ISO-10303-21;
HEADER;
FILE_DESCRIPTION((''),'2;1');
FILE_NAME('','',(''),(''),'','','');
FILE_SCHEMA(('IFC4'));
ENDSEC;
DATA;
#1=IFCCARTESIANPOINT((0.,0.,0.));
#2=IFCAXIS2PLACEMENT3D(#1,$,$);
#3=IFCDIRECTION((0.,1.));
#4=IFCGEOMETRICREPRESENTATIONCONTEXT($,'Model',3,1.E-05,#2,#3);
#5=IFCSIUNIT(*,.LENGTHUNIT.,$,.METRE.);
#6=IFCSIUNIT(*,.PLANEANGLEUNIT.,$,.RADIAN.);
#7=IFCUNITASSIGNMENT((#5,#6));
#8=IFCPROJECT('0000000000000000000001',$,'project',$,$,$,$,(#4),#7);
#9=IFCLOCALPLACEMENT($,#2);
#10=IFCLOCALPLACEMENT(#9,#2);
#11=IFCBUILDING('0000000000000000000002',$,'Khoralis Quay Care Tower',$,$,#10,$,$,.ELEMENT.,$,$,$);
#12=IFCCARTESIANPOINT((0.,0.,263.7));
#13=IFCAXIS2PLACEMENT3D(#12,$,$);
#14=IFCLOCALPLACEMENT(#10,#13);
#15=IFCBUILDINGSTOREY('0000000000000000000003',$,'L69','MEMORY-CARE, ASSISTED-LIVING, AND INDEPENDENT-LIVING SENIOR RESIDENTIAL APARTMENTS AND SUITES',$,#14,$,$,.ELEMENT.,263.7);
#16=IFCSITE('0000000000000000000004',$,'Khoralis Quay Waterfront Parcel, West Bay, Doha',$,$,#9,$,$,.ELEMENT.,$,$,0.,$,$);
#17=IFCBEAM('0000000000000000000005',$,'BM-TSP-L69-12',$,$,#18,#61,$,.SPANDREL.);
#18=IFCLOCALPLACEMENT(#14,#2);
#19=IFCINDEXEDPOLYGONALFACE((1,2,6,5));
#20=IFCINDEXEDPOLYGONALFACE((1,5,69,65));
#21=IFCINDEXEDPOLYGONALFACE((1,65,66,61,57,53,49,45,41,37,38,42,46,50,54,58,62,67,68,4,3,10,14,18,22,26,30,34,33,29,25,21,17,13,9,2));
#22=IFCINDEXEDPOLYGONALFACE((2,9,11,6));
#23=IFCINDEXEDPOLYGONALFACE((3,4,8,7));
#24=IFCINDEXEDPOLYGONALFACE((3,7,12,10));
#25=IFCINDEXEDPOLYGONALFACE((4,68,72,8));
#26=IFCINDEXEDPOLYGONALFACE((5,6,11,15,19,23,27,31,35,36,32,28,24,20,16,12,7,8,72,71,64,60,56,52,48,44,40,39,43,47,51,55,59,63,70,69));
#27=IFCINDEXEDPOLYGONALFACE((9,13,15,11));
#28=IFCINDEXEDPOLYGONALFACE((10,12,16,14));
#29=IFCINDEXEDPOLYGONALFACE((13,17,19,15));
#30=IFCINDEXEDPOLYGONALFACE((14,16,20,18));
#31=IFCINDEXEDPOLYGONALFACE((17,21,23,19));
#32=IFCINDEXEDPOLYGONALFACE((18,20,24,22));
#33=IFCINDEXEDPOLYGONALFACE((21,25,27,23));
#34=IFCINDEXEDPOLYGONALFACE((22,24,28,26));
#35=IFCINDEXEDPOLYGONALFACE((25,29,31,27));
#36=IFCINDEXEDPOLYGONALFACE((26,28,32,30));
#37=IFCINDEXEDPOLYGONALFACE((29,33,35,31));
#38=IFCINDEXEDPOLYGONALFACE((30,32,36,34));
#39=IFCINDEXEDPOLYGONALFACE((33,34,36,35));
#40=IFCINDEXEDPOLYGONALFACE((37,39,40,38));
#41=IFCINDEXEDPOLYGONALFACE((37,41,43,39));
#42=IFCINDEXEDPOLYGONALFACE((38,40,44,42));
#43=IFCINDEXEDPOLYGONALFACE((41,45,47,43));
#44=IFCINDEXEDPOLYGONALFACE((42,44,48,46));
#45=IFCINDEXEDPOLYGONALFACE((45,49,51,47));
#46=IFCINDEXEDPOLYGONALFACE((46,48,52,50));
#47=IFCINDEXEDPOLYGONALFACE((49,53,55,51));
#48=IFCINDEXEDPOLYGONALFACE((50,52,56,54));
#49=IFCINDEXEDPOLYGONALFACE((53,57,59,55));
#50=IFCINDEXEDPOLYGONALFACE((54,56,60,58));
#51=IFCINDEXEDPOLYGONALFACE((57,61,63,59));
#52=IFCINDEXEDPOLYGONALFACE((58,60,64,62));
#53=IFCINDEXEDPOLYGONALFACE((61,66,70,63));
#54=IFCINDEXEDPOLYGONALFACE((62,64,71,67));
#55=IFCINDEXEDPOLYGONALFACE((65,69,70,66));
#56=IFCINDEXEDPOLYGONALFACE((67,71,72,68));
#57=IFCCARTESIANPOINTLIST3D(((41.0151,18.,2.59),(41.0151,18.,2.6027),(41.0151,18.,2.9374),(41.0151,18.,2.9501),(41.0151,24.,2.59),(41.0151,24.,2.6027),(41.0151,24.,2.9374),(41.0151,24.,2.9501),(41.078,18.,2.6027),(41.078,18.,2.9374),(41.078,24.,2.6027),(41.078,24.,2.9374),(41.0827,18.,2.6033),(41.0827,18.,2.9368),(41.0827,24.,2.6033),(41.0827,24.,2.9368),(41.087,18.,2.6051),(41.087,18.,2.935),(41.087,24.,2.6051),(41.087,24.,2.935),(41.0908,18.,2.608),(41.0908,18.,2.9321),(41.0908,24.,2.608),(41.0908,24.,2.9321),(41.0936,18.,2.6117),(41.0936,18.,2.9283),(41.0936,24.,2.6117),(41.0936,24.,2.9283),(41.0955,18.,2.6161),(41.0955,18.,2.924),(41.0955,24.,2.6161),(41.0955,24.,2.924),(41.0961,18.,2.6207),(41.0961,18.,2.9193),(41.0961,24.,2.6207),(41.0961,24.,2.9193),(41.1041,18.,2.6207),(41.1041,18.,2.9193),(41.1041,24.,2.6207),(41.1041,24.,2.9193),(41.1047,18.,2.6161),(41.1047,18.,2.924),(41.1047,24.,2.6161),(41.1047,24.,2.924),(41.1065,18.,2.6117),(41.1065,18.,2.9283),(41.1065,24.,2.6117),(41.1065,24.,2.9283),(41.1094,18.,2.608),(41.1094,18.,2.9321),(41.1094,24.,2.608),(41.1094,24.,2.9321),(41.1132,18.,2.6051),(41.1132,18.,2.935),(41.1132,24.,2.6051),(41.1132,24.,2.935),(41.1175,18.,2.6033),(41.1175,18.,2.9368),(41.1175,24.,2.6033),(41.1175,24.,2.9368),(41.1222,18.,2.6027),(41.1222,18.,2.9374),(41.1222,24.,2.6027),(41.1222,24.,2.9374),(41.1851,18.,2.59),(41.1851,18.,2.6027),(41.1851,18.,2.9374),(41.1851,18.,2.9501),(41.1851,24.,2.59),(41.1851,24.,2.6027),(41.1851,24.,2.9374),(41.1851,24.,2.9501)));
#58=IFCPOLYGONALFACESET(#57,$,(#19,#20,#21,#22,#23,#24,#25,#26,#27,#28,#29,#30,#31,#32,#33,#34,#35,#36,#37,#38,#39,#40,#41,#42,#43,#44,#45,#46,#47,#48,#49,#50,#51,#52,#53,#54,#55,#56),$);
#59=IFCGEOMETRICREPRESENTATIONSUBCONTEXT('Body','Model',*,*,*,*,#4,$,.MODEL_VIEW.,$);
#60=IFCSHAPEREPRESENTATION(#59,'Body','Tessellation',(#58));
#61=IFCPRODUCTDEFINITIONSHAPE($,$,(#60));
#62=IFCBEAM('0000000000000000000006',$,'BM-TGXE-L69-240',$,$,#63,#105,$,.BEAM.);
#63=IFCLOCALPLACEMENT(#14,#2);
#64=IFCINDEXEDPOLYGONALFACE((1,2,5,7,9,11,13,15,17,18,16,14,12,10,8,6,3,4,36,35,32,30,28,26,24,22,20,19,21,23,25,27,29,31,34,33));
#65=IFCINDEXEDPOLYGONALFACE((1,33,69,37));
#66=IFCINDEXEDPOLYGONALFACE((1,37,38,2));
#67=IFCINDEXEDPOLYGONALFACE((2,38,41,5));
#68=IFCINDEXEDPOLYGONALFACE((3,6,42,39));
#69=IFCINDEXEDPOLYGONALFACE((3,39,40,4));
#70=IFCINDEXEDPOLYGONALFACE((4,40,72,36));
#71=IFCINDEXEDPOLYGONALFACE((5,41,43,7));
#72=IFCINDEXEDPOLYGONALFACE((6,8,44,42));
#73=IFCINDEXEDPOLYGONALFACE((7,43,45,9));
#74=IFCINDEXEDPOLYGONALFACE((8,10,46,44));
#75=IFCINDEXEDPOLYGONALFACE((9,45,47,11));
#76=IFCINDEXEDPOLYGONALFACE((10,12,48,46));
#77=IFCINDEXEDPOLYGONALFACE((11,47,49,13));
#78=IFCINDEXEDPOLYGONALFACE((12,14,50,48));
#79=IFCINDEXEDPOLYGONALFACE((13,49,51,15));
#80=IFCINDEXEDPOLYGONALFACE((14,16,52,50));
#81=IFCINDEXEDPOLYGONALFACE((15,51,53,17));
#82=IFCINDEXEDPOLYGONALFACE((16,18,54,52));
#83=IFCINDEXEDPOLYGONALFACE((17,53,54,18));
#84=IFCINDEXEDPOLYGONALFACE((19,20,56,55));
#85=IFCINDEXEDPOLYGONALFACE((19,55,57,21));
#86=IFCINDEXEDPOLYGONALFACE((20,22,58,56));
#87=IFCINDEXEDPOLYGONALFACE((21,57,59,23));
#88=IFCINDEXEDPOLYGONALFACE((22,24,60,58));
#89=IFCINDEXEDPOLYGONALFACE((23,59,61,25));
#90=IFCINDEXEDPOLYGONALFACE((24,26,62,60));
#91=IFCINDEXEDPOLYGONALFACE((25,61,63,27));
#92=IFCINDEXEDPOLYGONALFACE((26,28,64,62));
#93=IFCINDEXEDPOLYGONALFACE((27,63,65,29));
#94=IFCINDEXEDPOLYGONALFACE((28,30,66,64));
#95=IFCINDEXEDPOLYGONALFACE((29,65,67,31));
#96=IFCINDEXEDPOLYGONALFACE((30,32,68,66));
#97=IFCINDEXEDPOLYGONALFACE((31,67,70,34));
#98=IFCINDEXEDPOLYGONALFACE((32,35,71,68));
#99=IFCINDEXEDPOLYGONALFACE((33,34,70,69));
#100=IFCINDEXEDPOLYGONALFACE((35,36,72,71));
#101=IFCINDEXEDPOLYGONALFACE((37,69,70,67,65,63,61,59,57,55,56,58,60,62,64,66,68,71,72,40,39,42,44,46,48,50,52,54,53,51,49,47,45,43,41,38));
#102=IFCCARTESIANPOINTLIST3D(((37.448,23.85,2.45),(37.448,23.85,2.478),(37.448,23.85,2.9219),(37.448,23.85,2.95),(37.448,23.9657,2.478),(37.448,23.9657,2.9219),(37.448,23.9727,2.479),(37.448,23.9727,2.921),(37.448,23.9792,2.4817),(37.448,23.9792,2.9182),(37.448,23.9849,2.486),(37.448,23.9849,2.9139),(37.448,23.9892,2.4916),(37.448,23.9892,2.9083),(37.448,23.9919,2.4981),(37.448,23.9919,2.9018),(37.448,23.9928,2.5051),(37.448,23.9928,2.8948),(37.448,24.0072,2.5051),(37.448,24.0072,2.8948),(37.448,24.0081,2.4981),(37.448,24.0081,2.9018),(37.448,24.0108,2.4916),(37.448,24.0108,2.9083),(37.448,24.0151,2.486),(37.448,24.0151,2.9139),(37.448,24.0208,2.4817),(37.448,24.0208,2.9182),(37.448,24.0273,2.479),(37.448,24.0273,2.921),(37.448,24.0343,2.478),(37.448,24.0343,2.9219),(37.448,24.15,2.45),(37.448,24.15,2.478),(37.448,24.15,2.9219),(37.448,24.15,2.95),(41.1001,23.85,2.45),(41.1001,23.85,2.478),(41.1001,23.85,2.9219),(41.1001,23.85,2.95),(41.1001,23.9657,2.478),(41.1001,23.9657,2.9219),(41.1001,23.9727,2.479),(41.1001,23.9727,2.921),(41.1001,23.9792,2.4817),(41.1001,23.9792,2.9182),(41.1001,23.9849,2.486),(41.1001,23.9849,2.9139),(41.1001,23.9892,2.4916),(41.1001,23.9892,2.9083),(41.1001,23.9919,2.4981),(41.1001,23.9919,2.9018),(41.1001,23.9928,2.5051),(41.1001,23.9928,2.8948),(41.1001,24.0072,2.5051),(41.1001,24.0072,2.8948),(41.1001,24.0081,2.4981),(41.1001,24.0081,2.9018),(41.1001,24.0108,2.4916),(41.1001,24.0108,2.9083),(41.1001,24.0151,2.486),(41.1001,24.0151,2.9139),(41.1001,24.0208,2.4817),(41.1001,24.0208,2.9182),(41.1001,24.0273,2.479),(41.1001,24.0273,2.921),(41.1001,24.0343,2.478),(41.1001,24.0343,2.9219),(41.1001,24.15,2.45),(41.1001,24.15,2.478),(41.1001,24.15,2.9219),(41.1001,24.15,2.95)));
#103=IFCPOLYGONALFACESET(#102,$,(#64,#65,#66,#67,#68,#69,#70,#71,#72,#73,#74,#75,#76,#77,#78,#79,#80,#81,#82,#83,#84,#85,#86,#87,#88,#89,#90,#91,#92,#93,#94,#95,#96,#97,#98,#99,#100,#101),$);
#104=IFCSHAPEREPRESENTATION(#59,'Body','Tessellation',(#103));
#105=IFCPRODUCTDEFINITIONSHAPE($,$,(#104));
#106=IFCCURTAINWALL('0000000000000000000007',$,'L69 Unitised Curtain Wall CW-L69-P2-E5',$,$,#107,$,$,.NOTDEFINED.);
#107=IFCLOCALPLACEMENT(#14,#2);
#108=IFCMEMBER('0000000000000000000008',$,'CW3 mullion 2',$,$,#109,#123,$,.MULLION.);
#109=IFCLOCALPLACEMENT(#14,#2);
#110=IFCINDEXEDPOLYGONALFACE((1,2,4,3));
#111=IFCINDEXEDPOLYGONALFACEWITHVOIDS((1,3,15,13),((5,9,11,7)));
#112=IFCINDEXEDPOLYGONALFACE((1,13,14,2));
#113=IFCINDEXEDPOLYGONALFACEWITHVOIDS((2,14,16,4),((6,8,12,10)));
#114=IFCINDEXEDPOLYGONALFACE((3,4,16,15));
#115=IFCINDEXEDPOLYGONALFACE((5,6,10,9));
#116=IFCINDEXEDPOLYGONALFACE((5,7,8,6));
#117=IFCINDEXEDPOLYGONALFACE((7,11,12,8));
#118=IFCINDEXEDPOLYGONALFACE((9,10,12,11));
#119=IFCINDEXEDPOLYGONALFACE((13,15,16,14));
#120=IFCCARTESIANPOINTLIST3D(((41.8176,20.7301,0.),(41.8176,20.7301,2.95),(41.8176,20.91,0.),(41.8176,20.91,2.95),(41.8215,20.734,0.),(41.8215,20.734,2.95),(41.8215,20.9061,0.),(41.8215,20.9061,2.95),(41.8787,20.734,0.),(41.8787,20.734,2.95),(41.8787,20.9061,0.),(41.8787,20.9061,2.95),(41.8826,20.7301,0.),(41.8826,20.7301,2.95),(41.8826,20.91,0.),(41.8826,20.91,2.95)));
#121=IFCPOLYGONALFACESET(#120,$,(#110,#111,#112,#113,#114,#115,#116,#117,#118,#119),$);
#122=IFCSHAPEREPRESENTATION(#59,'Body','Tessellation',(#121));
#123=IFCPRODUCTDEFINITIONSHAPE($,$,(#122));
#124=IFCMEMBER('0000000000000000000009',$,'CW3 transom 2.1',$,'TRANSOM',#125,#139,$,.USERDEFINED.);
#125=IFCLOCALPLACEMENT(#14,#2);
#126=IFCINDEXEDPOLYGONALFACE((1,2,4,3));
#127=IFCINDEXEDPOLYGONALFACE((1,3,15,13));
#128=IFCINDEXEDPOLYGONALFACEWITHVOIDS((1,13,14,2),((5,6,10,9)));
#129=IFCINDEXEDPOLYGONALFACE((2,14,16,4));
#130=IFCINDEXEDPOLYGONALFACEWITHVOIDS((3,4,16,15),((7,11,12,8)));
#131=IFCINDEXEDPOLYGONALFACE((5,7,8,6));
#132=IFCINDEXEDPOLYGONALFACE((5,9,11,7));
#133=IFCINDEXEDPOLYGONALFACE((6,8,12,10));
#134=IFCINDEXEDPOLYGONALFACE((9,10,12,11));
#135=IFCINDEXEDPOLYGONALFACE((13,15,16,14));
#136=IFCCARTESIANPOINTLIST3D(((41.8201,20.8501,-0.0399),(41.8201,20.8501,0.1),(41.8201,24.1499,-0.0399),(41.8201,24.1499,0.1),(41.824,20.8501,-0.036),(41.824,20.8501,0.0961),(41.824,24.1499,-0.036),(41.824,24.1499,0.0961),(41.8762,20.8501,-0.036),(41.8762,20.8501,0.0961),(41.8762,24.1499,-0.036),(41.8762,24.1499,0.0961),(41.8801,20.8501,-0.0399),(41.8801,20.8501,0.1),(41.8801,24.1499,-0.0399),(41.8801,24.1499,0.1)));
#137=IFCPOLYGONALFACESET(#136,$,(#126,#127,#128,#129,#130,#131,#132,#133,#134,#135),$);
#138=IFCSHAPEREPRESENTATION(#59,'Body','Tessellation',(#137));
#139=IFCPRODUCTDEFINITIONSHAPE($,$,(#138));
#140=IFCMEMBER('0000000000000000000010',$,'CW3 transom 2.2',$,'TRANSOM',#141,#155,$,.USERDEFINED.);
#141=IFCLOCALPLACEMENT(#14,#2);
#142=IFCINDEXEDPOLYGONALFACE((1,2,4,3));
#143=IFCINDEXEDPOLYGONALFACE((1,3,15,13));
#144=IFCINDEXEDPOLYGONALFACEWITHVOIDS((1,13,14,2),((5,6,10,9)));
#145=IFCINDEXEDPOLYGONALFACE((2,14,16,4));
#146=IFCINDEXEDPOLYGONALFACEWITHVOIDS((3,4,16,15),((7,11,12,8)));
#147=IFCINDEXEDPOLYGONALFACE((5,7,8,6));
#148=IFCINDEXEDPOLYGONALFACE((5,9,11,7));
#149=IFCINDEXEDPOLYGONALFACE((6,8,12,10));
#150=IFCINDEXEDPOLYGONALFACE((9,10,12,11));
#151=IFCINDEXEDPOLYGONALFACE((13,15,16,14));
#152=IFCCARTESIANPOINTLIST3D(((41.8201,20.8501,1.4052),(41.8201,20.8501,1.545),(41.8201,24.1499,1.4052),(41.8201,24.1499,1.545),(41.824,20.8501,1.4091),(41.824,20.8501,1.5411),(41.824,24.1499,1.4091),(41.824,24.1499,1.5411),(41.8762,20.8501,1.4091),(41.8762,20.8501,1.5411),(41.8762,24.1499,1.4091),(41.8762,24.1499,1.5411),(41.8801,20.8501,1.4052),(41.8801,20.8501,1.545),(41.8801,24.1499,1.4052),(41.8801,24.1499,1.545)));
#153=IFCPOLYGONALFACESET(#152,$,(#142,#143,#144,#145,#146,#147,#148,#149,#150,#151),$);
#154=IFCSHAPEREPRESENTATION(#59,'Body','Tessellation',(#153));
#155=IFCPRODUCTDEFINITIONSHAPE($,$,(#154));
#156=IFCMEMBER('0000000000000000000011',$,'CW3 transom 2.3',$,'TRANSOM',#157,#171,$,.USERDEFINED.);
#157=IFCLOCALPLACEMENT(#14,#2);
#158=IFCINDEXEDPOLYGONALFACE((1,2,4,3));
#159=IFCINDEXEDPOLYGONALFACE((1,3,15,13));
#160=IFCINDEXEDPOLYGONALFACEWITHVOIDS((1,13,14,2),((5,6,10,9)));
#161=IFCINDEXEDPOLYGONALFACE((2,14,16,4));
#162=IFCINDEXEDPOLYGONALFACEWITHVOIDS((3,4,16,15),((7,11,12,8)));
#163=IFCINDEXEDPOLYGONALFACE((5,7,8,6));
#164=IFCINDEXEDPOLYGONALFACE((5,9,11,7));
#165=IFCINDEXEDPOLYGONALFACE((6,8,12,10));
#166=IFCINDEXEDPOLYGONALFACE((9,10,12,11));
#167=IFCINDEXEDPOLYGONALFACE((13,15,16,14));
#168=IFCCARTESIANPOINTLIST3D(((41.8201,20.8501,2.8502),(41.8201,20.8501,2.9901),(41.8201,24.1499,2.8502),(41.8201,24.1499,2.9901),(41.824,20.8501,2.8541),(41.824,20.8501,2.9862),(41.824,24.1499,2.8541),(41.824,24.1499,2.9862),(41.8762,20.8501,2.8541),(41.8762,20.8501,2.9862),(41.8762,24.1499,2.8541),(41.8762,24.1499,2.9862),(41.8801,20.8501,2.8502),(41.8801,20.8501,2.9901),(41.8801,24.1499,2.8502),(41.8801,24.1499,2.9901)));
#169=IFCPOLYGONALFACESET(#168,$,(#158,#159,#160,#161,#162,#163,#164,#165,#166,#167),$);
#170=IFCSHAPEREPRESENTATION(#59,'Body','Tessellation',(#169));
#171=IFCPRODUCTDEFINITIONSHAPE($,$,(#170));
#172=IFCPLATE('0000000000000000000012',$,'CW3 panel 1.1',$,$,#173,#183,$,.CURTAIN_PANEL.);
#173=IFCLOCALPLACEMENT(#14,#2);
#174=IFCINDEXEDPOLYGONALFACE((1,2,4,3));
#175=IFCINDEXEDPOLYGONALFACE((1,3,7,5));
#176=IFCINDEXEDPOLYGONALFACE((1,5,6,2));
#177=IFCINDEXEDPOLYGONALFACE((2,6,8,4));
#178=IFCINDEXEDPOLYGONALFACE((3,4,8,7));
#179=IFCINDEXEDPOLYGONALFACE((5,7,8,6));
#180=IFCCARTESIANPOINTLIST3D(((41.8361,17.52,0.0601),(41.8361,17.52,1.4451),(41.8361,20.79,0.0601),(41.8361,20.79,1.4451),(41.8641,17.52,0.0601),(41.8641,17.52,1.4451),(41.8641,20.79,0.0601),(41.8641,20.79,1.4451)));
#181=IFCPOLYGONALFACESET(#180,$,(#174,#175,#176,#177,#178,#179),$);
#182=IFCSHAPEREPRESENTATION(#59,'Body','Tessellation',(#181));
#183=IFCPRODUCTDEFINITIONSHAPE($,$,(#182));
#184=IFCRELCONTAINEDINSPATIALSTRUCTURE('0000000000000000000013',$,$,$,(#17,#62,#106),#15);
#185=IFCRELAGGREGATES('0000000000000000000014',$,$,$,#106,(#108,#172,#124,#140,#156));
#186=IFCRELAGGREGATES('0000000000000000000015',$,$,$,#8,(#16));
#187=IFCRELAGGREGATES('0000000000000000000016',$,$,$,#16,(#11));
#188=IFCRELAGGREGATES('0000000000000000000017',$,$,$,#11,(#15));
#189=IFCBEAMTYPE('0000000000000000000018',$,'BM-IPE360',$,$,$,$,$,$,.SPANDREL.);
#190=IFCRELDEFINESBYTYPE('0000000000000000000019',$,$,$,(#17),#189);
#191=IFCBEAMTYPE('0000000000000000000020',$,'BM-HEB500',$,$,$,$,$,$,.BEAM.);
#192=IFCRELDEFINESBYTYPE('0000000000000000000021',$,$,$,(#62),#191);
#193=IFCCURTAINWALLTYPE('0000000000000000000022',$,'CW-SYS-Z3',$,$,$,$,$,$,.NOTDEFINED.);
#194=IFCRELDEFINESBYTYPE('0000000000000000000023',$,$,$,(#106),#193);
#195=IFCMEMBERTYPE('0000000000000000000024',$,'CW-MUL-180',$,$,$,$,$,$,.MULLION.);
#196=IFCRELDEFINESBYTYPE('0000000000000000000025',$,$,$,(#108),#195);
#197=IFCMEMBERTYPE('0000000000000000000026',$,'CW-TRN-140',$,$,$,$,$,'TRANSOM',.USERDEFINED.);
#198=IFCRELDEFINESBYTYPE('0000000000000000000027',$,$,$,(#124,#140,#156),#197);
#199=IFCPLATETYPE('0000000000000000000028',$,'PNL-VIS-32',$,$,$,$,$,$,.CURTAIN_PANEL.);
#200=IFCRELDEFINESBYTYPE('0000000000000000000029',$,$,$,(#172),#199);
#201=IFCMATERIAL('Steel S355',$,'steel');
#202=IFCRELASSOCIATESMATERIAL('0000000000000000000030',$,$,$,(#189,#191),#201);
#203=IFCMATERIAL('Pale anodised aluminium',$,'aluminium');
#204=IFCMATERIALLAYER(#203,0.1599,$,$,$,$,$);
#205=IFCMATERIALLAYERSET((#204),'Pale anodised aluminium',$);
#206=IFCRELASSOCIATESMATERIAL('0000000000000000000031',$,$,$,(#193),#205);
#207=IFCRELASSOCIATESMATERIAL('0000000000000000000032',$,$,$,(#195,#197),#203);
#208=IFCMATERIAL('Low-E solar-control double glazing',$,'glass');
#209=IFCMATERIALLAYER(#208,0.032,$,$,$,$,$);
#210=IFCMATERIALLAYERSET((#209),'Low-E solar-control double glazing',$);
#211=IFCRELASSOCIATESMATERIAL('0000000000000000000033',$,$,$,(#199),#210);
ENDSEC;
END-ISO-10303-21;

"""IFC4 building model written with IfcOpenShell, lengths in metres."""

from ifc_helpers import new_model, si_unit, direction, frame, origin, origin_2d, place, context, subcontext, project, spatial, rectangle, hollow_rectangle, i_section, extrude, source, transform, mapped, material, layer, layer_set, material_profile, profile_set, type_object, element, aggregate, save


model = new_model("IFC4")

# Units and contexts
model_context = context("Model", 3, precision=1e-05, world=origin(), true_north=direction((0.0, 1.0)))
body_context = subcontext(model_context, "Body", "Model", "MODEL_VIEW")
ifc_project = project(units=[si_unit("LENGTHUNIT", "METRE"), si_unit("PLANEANGLEUNIT", "RADIAN")], contexts=[model_context])

# Site, building, storey
site_placement = place(None, origin())
site = spatial("IfcSite", under=ifc_project, at=site_placement, Name="Khoralis Quay Waterfront Parcel, West Bay, Doha", CompositionType="ELEMENT", RefElevation=0.0)
building_placement = place(site_placement, origin())
building = spatial("IfcBuilding", under=site, at=building_placement, Name="Khoralis Quay Care Tower", CompositionType="ELEMENT")
storey_placement = place(building_placement, frame((0.0, 0.0, 263.7)))
storey = spatial("IfcBuildingStorey", under=building, at=storey_placement, Name="L69", Description="MEMORY-CARE, ASSISTED-LIVING, AND INDEPENDENT-LIVING SENIOR RESIDENTIAL APARTMENTS AND SUITES", CompositionType="ELEMENT", Elevation=263.7)

# Beams
ifc_material_1 = material(Name="Steel S355", Category="steel")
ifc_material_profile_1 = material_profile(ifc_material_1, i_section(OverallWidth=0.1699, OverallDepth=0.3601, WebThickness=0.0081, FlangeThickness=0.0127, FilletRadius=0.0181, at=origin_2d()), Name="Steel S355")
ifc_profile_set_1 = profile_set([ifc_material_profile_1], Name="Steel S355")
beam_type_1 = type_object("IfcBeamType", Name="BM-IPE360", PredefinedType="SPANDREL", material=ifc_profile_set_1)
shared_shape_1 = source(origin(), body_context, "Body", "SweptSolid", [
    extrude(i_section(OverallWidth=0.1699, OverallDepth=0.3601, WebThickness=0.0081, FlangeThickness=0.0127, FilletRadius=0.0181, at=origin_2d()), origin(), (0.0, 0.0, 1.0), 6.0),
])
beam_1_placement = place(storey_placement, frame((41.1001, 18.0, 2.77), z_axis=(0.0, 1.0, 0.0), x_axis=(-1.0, 0.0, 0.0)))
element("IfcBeam", 1, at=beam_1_placement, inside=storey, type_object=beam_type_1, Name="BM-TSP-L69-12", PredefinedType="SPANDREL", context=body_context, shape_type="MappedRepresentation", body=[
    mapped(shared_shape_1, transform((0.0, 0.0, 0.0), scale=1.0)),
])
ifc_material_profile_2 = material_profile(ifc_material_1, i_section(OverallWidth=0.3, OverallDepth=0.5, WebThickness=0.0144, FlangeThickness=0.0281, FilletRadius=0.0271, at=origin_2d()), Name="Steel S355")
ifc_profile_set_2 = profile_set([ifc_material_profile_2], Name="Steel S355")
beam_type_2 = type_object("IfcBeamType", Name="BM-HEB500", PredefinedType="BEAM", material=ifc_profile_set_2)
shared_shape_2 = source(origin(), body_context, "Body", "SweptSolid", [
    extrude(i_section(OverallWidth=0.3, OverallDepth=0.5, WebThickness=0.0144, FlangeThickness=0.0281, FilletRadius=0.0271, at=origin_2d()), origin(), (0.0, 0.0, 1.0), 3.6521),
])
beam_2_placement = place(storey_placement, frame((37.448, 24.0, 2.7), z_axis=(1.0, 0.0, 0.0), x_axis=(0.0, 1.0, 0.0)))
element("IfcBeam", 2, at=beam_2_placement, inside=storey, type_object=beam_type_2, Name="BM-TGXE-L69-240", PredefinedType="BEAM", context=body_context, shape_type="MappedRepresentation", body=[
    mapped(shared_shape_2, transform((0.0, 0.0, 0.0), scale=1.0)),
])

# Curtain wall, members, plate
ifc_material_2 = material(Name="Pale anodised aluminium", Category="aluminium")
ifc_layer_1 = layer(ifc_material_2, 0.1599)
ifc_layer_set_1 = layer_set([ifc_layer_1], Name="Pale anodised aluminium")
curtain_wall_type = type_object("IfcCurtainWallType", Name="CW-SYS-Z3", PredefinedType="NOTDEFINED", material=ifc_layer_set_1)
curtain_wall_placement = place(storey_placement, origin())
curtain_wall = element("IfcCurtainWall", 3, at=curtain_wall_placement, inside=storey, type_object=curtain_wall_type, Name="L69 Unitised Curtain Wall CW-L69-P2-E5", PredefinedType="NOTDEFINED")
ifc_material_profile_3 = material_profile(ifc_material_2, hollow_rectangle(XDim=0.0649, YDim=0.1799, WallThickness=0.0039, at=origin_2d()), Name="Pale anodised aluminium")
ifc_profile_set_3 = profile_set([ifc_material_profile_3], Name="Pale anodised aluminium")
member_type_1 = type_object("IfcMemberType", Name="CW-MUL-180", PredefinedType="MULLION", material=ifc_profile_set_3)
shared_shape_3 = source(origin(), body_context, "Body", "SweptSolid", [
    extrude(hollow_rectangle(XDim=0.0649, YDim=0.1799, WallThickness=0.0039, at=origin_2d()), origin(), (0.0, 0.0, 1.0), 2.95),
])
member_1_placement = place(storey_placement, frame((41.8501, 20.8201, 0.0), z_axis=(0.0, 0.0, 1.0), x_axis=(-1.0, 0.0, 0.0)))
member_1 = element("IfcMember", 4, at=member_1_placement, type_object=member_type_1, Name="CW3 mullion 2", PredefinedType="MULLION", context=body_context, shape_type="MappedRepresentation", body=[
    mapped(shared_shape_3, transform((0.0, 0.0, 0.0), scale=1.0)),
])
ifc_material_profile_4 = material_profile(ifc_material_2, hollow_rectangle(XDim=0.0601, YDim=0.1399, WallThickness=0.0039, at=origin_2d()), Name="Pale anodised aluminium")
ifc_profile_set_4 = profile_set([ifc_material_profile_4], Name="Pale anodised aluminium")
member_type_2 = type_object("IfcMemberType", Name="CW-TRN-140", ElementType="TRANSOM", PredefinedType="USERDEFINED", material=ifc_profile_set_4)
shared_shape_4 = source(origin(), body_context, "Body", "SweptSolid", [
    extrude(hollow_rectangle(XDim=0.0601, YDim=0.1399, WallThickness=0.0039, at=origin_2d()), origin(), (0.0, 0.0, 1.0), 3.2998),
])
member_2_placement = place(storey_placement, frame((41.8501, 20.8501, 0.03), z_axis=(0.0, 1.0, 0.0), x_axis=(-1.0, 0.0, 0.0)))
member_2 = element("IfcMember", 5, at=member_2_placement, type_object=member_type_2, Name="CW3 transom 2.1", ObjectType="TRANSOM", PredefinedType="USERDEFINED", context=body_context, shape_type="MappedRepresentation", body=[
    mapped(shared_shape_4, transform((0.0, 0.0, 0.0), scale=1.0)),
])
member_3_placement = place(storey_placement, frame((41.8501, 20.8501, 1.4751), z_axis=(0.0, 1.0, 0.0), x_axis=(-1.0, 0.0, 0.0)))
member_3 = element("IfcMember", 6, at=member_3_placement, type_object=member_type_2, Name="CW3 transom 2.2", ObjectType="TRANSOM", PredefinedType="USERDEFINED", context=body_context, shape_type="MappedRepresentation", body=[
    mapped(shared_shape_4, transform((0.0, 0.0, 0.0), scale=1.0)),
])
member_4_placement = place(storey_placement, frame((41.8501, 20.8501, 2.9202), z_axis=(0.0, 1.0, 0.0), x_axis=(-1.0, 0.0, 0.0)))
member_4 = element("IfcMember", 7, at=member_4_placement, type_object=member_type_2, Name="CW3 transom 2.3", ObjectType="TRANSOM", PredefinedType="USERDEFINED", context=body_context, shape_type="MappedRepresentation", body=[
    mapped(shared_shape_4, transform((0.0, 0.0, 0.0), scale=1.0)),
])
ifc_material_3 = material(Name="Low-E solar-control double glazing", Category="glass")
ifc_layer_2 = layer(ifc_material_3, 0.032)
ifc_layer_set_2 = layer_set([ifc_layer_2], Name="Low-E solar-control double glazing")
plate_type = type_object("IfcPlateType", Name="PNL-VIS-32", PredefinedType="CURTAIN_PANEL", material=ifc_layer_set_2)
shared_shape_5 = source(origin(), body_context, "Body", "SweptSolid", [
    extrude(rectangle(XDim=3.27, YDim=0.0281, at=origin_2d()), origin(), (0.0, 0.0, 1.0), 1.385),
])
plate_1_placement = place(storey_placement, frame((41.8501, 19.155, 0.0601), z_axis=(0.0, 0.0, 1.0), x_axis=(0.0, 1.0, 0.0)))
plate_1 = element("IfcPlate", 8, at=plate_1_placement, type_object=plate_type, Name="CW3 panel 1.1", PredefinedType="CURTAIN_PANEL", context=body_context, shape_type="MappedRepresentation", body=[
    mapped(shared_shape_5, transform((0.0, 0.0, 0.0), scale=1.0)),
])
aggregate(curtain_wall, [member_1, plate_1, member_2, member_3, member_4])

save(model, "model.ifc")
